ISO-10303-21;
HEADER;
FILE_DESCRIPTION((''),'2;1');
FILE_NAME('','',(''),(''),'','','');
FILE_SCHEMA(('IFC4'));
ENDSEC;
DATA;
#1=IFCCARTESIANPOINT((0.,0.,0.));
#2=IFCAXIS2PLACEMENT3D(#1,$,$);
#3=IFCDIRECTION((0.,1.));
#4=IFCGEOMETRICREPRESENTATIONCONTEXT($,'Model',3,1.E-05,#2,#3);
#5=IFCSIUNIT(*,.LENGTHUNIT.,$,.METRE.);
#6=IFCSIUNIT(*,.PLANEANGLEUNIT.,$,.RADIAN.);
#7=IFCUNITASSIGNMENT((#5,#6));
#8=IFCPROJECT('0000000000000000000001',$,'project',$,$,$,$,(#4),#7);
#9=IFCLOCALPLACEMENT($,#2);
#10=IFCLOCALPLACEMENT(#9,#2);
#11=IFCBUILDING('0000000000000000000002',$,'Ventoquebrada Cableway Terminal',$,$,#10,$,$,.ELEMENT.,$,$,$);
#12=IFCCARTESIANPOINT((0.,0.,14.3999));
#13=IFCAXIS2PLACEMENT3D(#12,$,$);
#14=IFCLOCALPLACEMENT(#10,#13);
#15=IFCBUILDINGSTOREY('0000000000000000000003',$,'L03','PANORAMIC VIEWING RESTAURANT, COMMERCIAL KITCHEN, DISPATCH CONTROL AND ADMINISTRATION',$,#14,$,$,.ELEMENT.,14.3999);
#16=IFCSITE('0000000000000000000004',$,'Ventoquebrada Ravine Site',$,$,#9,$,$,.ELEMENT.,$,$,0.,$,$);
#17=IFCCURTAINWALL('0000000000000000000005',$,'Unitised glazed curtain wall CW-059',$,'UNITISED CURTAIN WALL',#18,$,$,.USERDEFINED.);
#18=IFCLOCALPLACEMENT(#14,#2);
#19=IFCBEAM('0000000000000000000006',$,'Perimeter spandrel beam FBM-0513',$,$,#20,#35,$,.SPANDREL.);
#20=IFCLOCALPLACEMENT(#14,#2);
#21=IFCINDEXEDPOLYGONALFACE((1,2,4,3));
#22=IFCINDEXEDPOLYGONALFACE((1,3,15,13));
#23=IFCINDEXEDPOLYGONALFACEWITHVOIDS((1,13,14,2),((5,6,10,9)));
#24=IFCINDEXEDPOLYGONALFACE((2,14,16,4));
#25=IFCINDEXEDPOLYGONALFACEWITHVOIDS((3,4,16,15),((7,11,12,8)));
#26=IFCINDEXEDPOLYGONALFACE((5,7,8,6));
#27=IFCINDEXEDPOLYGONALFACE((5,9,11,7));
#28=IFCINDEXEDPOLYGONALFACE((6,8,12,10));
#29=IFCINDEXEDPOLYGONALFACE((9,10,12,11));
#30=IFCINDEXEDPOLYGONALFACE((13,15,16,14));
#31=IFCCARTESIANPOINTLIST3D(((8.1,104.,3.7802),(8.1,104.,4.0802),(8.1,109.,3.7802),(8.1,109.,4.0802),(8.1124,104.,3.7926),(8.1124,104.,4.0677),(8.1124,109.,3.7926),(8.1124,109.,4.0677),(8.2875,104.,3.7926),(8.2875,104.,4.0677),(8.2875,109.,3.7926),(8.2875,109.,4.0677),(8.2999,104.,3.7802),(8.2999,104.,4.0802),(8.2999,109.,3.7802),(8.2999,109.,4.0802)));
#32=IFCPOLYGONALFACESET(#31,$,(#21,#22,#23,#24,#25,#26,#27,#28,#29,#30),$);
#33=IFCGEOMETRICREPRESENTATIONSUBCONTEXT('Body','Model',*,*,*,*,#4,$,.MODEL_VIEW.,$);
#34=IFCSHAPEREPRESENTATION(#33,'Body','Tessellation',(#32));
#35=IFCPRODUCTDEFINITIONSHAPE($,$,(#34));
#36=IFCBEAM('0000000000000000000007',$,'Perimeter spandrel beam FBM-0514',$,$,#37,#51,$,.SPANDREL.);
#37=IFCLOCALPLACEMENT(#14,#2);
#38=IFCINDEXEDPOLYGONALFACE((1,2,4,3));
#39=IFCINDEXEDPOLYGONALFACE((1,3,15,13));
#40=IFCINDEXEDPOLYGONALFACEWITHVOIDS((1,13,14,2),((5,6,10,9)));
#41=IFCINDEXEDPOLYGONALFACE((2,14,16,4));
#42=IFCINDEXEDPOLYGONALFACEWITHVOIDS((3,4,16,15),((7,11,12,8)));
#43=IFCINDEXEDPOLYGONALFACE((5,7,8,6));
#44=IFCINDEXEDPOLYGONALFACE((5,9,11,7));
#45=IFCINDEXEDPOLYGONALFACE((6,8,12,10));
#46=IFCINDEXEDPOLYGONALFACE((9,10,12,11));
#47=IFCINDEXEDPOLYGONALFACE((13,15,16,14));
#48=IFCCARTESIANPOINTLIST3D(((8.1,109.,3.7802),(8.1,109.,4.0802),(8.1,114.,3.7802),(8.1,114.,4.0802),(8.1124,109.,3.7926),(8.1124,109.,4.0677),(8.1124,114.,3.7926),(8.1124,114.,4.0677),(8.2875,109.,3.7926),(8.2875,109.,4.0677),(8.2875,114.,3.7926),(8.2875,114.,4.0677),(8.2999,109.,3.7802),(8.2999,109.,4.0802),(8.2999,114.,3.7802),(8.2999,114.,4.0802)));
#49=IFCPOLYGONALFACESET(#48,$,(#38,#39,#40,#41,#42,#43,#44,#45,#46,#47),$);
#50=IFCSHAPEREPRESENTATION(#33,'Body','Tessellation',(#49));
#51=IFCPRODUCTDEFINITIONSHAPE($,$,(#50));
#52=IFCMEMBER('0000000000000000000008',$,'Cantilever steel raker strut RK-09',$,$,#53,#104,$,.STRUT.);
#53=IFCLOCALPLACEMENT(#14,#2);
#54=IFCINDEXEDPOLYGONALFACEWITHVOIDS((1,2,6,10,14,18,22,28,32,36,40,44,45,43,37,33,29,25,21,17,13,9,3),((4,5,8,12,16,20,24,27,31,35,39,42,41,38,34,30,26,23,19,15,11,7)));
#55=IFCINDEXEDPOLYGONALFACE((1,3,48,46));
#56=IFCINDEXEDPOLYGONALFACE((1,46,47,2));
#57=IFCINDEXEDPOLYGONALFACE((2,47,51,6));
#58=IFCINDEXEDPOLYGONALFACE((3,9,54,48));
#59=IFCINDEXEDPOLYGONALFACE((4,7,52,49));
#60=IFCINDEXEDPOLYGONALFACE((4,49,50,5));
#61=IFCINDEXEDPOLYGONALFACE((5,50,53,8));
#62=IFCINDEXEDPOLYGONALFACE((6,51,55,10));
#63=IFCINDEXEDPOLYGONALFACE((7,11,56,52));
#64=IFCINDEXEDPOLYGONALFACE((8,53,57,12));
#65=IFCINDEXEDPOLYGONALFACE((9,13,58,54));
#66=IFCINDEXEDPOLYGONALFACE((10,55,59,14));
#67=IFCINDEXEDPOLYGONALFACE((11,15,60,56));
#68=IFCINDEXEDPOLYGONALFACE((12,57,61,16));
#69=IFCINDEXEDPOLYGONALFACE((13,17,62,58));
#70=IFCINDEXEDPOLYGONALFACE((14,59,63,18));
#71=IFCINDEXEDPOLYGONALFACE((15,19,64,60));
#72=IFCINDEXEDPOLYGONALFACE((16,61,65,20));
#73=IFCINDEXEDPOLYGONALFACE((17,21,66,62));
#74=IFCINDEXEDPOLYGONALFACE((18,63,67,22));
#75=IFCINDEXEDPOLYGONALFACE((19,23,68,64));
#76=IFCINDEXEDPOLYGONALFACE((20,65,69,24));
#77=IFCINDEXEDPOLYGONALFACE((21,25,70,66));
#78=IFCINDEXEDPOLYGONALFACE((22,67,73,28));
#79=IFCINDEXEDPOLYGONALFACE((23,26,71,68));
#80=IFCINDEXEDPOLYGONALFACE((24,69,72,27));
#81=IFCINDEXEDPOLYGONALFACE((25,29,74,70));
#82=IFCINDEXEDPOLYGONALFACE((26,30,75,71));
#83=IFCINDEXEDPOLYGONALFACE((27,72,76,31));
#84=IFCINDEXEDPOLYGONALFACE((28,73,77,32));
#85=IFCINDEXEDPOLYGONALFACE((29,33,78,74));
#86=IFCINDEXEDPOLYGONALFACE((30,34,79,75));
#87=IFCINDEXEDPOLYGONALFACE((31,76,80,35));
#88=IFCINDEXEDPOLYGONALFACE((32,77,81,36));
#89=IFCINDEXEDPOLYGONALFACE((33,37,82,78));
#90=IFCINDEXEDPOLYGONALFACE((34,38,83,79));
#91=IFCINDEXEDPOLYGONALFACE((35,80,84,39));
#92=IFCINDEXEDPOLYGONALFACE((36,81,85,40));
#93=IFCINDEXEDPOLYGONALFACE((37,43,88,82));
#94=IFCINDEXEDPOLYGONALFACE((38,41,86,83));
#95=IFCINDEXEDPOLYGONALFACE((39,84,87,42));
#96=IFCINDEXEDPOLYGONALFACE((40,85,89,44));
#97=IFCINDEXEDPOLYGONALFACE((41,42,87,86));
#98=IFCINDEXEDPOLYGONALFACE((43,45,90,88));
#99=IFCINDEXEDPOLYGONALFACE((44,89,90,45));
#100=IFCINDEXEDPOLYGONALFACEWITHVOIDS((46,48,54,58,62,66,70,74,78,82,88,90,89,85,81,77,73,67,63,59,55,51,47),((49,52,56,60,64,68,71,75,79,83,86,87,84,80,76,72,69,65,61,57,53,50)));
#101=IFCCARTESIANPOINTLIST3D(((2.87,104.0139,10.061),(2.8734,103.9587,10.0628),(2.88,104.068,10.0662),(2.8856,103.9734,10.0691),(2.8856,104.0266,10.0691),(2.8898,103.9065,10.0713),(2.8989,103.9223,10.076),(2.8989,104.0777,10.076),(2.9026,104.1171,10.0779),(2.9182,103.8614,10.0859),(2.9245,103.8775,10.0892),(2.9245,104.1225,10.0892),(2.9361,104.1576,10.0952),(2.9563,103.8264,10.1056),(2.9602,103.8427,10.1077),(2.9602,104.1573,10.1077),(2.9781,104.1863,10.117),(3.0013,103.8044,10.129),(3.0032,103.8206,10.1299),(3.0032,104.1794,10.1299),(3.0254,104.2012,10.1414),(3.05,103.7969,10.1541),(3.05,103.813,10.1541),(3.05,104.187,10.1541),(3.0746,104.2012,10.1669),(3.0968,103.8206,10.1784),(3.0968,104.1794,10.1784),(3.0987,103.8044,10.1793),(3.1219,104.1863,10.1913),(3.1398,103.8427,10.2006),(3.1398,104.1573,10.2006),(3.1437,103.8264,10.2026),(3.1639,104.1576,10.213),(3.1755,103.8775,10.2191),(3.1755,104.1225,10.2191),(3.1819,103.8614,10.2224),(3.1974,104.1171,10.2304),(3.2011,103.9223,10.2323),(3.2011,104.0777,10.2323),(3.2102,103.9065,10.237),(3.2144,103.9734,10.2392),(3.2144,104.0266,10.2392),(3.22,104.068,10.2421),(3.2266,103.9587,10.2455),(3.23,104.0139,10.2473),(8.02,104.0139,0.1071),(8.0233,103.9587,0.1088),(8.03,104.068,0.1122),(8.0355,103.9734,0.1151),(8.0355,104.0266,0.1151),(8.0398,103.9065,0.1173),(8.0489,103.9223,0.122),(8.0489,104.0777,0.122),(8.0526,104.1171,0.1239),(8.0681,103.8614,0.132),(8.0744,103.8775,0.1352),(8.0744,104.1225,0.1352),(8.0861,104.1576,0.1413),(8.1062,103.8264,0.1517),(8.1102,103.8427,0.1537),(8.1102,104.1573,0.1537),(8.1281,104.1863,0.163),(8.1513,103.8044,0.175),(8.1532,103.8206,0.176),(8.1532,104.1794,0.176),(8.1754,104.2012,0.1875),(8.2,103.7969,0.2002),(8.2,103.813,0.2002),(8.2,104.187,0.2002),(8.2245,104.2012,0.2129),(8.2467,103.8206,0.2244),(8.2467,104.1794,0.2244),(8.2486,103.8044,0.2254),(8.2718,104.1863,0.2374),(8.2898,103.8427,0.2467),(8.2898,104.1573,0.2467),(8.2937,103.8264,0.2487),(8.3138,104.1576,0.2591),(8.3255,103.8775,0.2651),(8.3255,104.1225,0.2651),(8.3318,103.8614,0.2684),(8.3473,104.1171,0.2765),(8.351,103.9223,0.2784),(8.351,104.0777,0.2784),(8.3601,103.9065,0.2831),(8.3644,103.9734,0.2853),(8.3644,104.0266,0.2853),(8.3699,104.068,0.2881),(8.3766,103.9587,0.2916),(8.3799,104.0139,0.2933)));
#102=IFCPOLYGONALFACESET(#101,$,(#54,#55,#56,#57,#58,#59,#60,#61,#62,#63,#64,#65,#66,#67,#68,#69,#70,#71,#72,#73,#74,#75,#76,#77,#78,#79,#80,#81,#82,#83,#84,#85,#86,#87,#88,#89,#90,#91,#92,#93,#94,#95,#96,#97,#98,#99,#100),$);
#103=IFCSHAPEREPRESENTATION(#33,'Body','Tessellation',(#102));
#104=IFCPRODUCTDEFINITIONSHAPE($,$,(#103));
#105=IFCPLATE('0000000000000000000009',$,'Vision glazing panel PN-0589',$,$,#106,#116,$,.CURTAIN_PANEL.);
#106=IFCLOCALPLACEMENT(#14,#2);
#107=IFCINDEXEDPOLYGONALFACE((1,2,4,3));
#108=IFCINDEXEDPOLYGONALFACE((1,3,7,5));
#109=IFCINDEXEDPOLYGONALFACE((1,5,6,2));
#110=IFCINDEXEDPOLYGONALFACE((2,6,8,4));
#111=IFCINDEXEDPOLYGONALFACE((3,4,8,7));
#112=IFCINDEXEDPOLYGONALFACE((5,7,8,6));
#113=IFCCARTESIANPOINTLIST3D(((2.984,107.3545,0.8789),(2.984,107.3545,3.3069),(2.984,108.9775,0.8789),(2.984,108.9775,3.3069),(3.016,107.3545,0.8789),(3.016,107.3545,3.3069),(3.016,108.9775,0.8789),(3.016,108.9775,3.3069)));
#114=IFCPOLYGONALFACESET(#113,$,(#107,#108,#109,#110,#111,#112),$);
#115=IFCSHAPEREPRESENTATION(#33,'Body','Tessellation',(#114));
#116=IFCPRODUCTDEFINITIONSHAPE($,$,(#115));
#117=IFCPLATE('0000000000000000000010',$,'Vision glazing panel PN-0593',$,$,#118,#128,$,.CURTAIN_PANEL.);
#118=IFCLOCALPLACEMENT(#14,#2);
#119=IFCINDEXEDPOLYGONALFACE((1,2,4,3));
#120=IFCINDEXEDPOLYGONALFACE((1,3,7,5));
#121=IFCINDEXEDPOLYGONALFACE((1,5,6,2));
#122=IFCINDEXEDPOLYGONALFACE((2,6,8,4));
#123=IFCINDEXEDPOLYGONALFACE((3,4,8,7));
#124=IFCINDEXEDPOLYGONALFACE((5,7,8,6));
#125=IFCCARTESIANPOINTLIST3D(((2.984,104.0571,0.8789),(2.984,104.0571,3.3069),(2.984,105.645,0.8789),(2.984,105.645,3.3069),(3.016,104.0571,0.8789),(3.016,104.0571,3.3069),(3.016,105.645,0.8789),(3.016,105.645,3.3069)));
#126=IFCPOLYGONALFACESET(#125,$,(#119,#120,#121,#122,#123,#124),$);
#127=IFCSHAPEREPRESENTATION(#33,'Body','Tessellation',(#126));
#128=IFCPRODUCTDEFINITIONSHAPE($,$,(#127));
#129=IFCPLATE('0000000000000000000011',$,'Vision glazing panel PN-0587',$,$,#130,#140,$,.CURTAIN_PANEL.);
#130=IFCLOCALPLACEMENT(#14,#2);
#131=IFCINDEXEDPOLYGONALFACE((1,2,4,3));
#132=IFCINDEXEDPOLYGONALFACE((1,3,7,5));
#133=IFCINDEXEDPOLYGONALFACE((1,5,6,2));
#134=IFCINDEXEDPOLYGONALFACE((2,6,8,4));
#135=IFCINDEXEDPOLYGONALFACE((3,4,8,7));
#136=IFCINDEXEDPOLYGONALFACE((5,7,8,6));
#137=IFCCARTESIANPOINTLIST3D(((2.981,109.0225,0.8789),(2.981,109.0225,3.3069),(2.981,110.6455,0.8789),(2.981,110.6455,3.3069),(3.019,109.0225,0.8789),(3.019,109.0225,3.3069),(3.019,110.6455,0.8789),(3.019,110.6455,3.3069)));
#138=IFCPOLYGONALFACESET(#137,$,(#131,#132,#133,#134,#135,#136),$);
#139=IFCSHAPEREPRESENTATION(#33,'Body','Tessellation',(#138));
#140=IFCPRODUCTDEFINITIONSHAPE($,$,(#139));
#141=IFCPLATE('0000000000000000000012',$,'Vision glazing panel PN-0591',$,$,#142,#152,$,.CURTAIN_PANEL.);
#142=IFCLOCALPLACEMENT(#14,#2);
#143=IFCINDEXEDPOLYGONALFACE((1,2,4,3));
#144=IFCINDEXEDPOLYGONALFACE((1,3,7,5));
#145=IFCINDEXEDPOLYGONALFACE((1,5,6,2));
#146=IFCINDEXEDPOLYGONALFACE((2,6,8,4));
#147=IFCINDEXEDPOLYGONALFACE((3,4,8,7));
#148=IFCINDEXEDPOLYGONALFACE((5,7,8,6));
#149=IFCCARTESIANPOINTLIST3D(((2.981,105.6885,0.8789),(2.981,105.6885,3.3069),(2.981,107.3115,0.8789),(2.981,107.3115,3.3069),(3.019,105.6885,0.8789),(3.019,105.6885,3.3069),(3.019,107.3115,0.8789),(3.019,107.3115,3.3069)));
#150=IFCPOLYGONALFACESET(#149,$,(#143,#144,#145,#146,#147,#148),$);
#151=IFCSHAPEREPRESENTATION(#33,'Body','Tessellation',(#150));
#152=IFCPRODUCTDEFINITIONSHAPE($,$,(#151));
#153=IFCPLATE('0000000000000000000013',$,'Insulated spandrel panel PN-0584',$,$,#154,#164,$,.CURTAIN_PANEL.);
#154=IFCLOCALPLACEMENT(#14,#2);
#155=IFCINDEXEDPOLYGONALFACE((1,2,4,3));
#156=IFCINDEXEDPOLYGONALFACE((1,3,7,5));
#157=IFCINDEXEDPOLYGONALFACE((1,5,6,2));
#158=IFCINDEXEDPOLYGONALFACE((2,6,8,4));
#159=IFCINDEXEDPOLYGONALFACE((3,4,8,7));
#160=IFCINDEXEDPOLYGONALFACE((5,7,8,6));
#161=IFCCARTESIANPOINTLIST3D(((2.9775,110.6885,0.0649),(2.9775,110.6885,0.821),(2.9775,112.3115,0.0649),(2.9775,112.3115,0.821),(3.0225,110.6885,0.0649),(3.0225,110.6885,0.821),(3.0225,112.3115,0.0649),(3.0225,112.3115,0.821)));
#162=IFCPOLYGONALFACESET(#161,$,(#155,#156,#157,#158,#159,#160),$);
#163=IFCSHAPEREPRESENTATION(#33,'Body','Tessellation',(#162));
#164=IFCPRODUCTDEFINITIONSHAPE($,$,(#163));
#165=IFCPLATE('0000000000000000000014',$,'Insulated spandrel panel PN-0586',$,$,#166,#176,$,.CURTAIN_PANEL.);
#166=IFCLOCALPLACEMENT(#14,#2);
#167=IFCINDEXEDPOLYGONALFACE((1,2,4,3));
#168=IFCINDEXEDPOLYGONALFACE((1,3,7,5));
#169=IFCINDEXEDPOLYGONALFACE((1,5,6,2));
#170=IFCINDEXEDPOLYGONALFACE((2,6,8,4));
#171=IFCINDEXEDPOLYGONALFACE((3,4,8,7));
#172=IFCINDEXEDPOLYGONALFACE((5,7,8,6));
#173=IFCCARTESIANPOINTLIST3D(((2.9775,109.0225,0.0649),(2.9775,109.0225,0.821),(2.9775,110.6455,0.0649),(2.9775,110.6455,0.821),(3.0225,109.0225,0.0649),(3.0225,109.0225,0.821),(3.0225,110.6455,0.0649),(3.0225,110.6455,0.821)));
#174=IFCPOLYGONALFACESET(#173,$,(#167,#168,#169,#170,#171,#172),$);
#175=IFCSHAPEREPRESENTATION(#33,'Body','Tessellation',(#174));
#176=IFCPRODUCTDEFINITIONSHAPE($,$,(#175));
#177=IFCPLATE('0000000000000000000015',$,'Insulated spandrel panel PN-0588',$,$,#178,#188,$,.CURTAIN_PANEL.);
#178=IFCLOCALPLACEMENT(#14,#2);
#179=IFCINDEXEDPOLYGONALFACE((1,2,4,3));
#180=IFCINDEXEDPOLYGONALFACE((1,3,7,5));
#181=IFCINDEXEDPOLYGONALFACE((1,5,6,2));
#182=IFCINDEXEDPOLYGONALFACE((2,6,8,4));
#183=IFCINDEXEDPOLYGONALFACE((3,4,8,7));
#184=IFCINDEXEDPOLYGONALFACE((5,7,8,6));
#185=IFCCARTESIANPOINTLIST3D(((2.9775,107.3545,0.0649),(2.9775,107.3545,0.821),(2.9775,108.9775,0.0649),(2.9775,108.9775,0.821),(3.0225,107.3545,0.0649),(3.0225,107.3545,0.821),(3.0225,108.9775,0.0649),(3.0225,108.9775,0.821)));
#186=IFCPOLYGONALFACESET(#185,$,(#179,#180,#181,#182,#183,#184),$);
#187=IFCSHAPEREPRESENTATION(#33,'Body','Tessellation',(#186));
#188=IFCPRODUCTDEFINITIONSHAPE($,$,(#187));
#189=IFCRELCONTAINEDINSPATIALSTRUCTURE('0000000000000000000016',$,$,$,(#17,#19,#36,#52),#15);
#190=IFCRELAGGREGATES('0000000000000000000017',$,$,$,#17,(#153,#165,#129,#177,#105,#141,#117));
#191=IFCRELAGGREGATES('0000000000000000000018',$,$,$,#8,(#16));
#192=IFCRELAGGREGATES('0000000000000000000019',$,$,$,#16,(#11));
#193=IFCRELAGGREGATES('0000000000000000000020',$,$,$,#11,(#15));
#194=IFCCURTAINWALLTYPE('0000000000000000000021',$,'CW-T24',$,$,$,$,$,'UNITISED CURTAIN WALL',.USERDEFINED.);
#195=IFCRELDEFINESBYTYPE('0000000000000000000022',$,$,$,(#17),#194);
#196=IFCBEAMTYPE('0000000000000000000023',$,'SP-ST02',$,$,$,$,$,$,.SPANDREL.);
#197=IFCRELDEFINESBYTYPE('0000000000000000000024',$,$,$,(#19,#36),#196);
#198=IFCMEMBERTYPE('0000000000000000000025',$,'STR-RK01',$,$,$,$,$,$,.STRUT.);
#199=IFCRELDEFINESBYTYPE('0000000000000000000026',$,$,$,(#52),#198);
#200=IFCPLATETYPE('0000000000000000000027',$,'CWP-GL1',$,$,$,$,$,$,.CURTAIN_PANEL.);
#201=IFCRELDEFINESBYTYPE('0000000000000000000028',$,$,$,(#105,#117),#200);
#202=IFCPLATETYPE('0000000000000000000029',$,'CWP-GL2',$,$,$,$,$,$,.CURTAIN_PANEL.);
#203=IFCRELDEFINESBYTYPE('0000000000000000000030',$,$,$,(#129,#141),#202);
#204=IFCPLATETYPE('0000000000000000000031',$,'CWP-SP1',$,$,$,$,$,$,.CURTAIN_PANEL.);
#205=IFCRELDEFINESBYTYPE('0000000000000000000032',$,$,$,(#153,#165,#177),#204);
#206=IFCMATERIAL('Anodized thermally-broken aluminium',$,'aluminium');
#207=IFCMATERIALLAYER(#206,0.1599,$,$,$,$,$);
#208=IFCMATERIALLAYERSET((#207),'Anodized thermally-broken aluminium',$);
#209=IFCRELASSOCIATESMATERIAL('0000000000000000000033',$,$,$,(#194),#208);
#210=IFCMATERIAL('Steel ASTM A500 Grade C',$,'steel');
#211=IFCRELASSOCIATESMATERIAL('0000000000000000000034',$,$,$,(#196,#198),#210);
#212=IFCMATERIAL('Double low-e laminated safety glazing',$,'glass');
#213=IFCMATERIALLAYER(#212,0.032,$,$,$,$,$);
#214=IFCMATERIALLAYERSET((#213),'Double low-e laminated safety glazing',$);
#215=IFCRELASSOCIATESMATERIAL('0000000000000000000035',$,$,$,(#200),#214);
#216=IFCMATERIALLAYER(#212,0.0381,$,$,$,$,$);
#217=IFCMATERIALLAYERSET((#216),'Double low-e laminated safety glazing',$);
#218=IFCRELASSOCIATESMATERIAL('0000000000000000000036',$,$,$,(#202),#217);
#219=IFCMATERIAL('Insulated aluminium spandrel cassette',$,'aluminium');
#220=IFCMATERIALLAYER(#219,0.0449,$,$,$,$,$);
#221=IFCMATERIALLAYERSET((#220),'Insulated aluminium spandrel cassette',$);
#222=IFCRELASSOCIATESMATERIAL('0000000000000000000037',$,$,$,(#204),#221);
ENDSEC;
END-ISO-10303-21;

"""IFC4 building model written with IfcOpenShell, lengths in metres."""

from ifc_helpers import new_model, si_unit, direction, frame, origin, origin_2d, place, context, subcontext, project, spatial, rectangle, hollow_rectangle, hollow_circle, extrude, material, layer, layer_set, material_profile, profile_set, type_object, element, aggregate, save


model = new_model("IFC4")

# Units and contexts
model_context = context("Model", 3, precision=1e-05, world=origin(), true_north=direction((0.0, 1.0)))
body_context = subcontext(model_context, "Body", "Model", "MODEL_VIEW")
ifc_project = project(units=[si_unit("LENGTHUNIT", "METRE"), si_unit("PLANEANGLEUNIT", "RADIAN")], contexts=[model_context])

# Site, building, storey
site_placement = place(None, origin())
site = spatial("IfcSite", under=ifc_project, at=site_placement, Name="Ventoquebrada Ravine Site", CompositionType="ELEMENT", RefElevation=0.0)
building_placement = place(site_placement, origin())
building = spatial("IfcBuilding", under=site, at=building_placement, Name="Ventoquebrada Cableway Terminal", CompositionType="ELEMENT")
storey_placement = place(building_placement, frame((0.0, 0.0, 14.3999)))
storey = spatial("IfcBuildingStorey", under=building, at=storey_placement, Name="L03", Description="PANORAMIC VIEWING RESTAURANT, COMMERCIAL KITCHEN, DISPATCH CONTROL AND ADMINISTRATION", CompositionType="ELEMENT", Elevation=14.3999)

# Curtain wall
ifc_material_1 = material(Name="Anodized thermally-broken aluminium", Category="aluminium")
ifc_layer_1 = layer(ifc_material_1, 0.1599)
ifc_layer_set_1 = layer_set([ifc_layer_1], Name="Anodized thermally-broken aluminium")
curtain_wall_type = type_object("IfcCurtainWallType", Name="CW-T24", ElementType="UNITISED CURTAIN WALL", PredefinedType="USERDEFINED", material=ifc_layer_set_1)
curtain_wall_placement = place(storey_placement, origin())
curtain_wall = element("IfcCurtainWall", 1, at=curtain_wall_placement, inside=storey, type_object=curtain_wall_type, Name="Unitised glazed curtain wall CW-059", ObjectType="UNITISED CURTAIN WALL", PredefinedType="USERDEFINED")

# Beams
ifc_material_2 = material(Name="Steel ASTM A500 Grade C", Category="steel")
ifc_material_profile_1 = material_profile(ifc_material_2, hollow_rectangle(XDim=0.2, YDim=0.3, WallThickness=0.0125, at=origin_2d()), Name="RHS300X200X12.5")
ifc_profile_set_1 = profile_set([ifc_material_profile_1], Name="Steel ASTM A500 Grade C")
beam_type_1 = type_object("IfcBeamType", Name="SP-ST02", PredefinedType="SPANDREL", material=ifc_profile_set_1)
for number, where, z_axis, x_axis, name in (
    (2, (8.2, 104.0, 3.9302), (0.0, 1.0, 0.0), (-1.0, 0.0, 0.0), "Perimeter spandrel beam FBM-0513"),
    (3, (8.2, 109.0, 3.9302), (0.0, 1.0, 0.0), (-1.0, 0.0, 0.0), "Perimeter spandrel beam FBM-0514"),
):
    element("IfcBeam", number, at=place(storey_placement, frame(where, z_axis=z_axis, x_axis=x_axis)), inside=storey, type_object=beam_type_1, Name=name, PredefinedType="SPANDREL", context=body_context, shape_type="SweptSolid", body=[
        extrude(hollow_rectangle(XDim=0.2, YDim=0.3, WallThickness=0.0125, at=origin_2d()), origin(), (0.0, 0.0, 1.0), 5.0),
    ])

# Member
ifc_material_profile_2 = material_profile(ifc_material_2, hollow_circle(Radius=0.2031, WallThickness=0.0161, at=origin_2d()), Name="CHS406.4X16")
ifc_profile_set_2 = profile_set([ifc_material_profile_2], Name="Steel ASTM A500 Grade C")
member_type_1 = type_object("IfcMemberType", Name="STR-RK01", PredefinedType="STRUT", material=ifc_profile_set_2)
member_1_placement = place(storey_placement, frame((8.2, 104.0, 0.2002), z_axis=(-0.459518, 0.0, 0.888168), x_axis=(0.0, -1.0, 0.0)))
element("IfcMember", 4, at=member_1_placement, inside=storey, type_object=member_type_1, Name="Cantilever steel raker strut RK-09", PredefinedType="STRUT", context=body_context, shape_type="SweptSolid", body=[
    extrude(hollow_circle(Radius=0.2031, WallThickness=0.0161, at=origin_2d()), origin(), (0.0, 0.0, 1.0), 11.2073),
])

# Plates
ifc_material_3 = material(Name="Double low-e laminated safety glazing", Category="glass")
ifc_layer_2 = layer(ifc_material_3, 0.032)
ifc_layer_set_2 = layer_set([ifc_layer_2], Name="Double low-e laminated safety glazing")
plate_type_1 = type_object("IfcPlateType", Name="CWP-GL1", PredefinedType="CURTAIN_PANEL", material=ifc_layer_set_2)
plate_1_placement = place(storey_placement, frame((3.0, 108.166, 0.8789), z_axis=(0.0, 0.0, 1.0), x_axis=(0.0, -1.0, 0.0)))
plate_1 = element("IfcPlate", 5, at=plate_1_placement, type_object=plate_type_1, Name="Vision glazing panel PN-0589", PredefinedType="CURTAIN_PANEL", context=body_context, shape_type="SweptSolid", body=[
    extrude(rectangle(XDim=1.623, YDim=0.032, at=origin_2d()), origin(), (0.0, 0.0, 1.0), 2.428),
])
plate_2_placement = place(storey_placement, frame((3.0, 104.8511, 0.8789), z_axis=(0.0, 0.0, 1.0), x_axis=(0.0, -1.0, 0.0)))
plate_2 = element("IfcPlate", 6, at=plate_2_placement, type_object=plate_type_1, Name="Vision glazing panel PN-0593", PredefinedType="CURTAIN_PANEL", context=body_context, shape_type="SweptSolid", body=[
    extrude(rectangle(XDim=1.5879, YDim=0.032, at=origin_2d()), origin(), (0.0, 0.0, 1.0), 2.428),
])
ifc_layer_3 = layer(ifc_material_3, 0.0381)
ifc_layer_set_3 = layer_set([ifc_layer_3], Name="Double low-e laminated safety glazing")
plate_type_2 = type_object("IfcPlateType", Name="CWP-GL2", PredefinedType="CURTAIN_PANEL", material=ifc_layer_set_3)
plate_3_placement = place(storey_placement, frame((3.0, 109.834, 0.8789), z_axis=(0.0, 0.0, 1.0), x_axis=(0.0, -1.0, 0.0)))
plate_3 = element("IfcPlate", 7, at=plate_3_placement, type_object=plate_type_2, Name="Vision glazing panel PN-0587", PredefinedType="CURTAIN_PANEL", context=body_context, shape_type="SweptSolid", body=[
    extrude(rectangle(XDim=1.623, YDim=0.0381, at=origin_2d()), origin(), (0.0, 0.0, 1.0), 2.428),
])
plate_4_placement = place(storey_placement, frame((3.0, 106.5, 0.8789), z_axis=(0.0, 0.0, 1.0), x_axis=(0.0, -1.0, 0.0)))
plate_4 = element("IfcPlate", 8, at=plate_4_placement, type_object=plate_type_2, Name="Vision glazing panel PN-0591", PredefinedType="CURTAIN_PANEL", context=body_context, shape_type="SweptSolid", body=[
    extrude(rectangle(XDim=1.623, YDim=0.0381, at=origin_2d()), origin(), (0.0, 0.0, 1.0), 2.428),
])
ifc_material_4 = material(Name="Insulated aluminium spandrel cassette", Category="aluminium")
ifc_layer_4 = layer(ifc_material_4, 0.0449)
ifc_layer_set_4 = layer_set([ifc_layer_4], Name="Insulated aluminium spandrel cassette")
plate_type_3 = type_object("IfcPlateType", Name="CWP-SP1", PredefinedType="CURTAIN_PANEL", material=ifc_layer_set_4)
plate_5_placement = place(storey_placement, frame((3.0, 111.5, 0.0649), z_axis=(0.0, 0.0, 1.0), x_axis=(0.0, -1.0, 0.0)))
plate_5 = element("IfcPlate", 9, at=plate_5_placement, type_object=plate_type_3, Name="Insulated spandrel panel PN-0584", PredefinedType="CURTAIN_PANEL", context=body_context, shape_type="SweptSolid", body=[
    extrude(rectangle(XDim=1.623, YDim=0.0449, at=origin_2d()), origin(), (0.0, 0.0, 1.0), 0.7561),
])
plate_6_placement = place(storey_placement, frame((3.0, 109.834, 0.0649), z_axis=(0.0, 0.0, 1.0), x_axis=(0.0, -1.0, 0.0)))
plate_6 = element("IfcPlate", 10, at=plate_6_placement, type_object=plate_type_3, Name="Insulated spandrel panel PN-0586", PredefinedType="CURTAIN_PANEL", context=body_context, shape_type="SweptSolid", body=[
    extrude(rectangle(XDim=1.623, YDim=0.0449, at=origin_2d()), origin(), (0.0, 0.0, 1.0), 0.7561),
])
plate_7_placement = place(storey_placement, frame((3.0, 108.166, 0.0649), z_axis=(0.0, 0.0, 1.0), x_axis=(0.0, -1.0, 0.0)))
plate_7 = element("IfcPlate", 11, at=plate_7_placement, type_object=plate_type_3, Name="Insulated spandrel panel PN-0588", PredefinedType="CURTAIN_PANEL", context=body_context, shape_type="SweptSolid", body=[
    extrude(rectangle(XDim=1.623, YDim=0.0449, at=origin_2d()), origin(), (0.0, 0.0, 1.0), 0.7561),
])
aggregate(curtain_wall, [plate_5, plate_6, plate_3, plate_7, plate_1, plate_4, plate_2])

save(model, "model.ifc")
